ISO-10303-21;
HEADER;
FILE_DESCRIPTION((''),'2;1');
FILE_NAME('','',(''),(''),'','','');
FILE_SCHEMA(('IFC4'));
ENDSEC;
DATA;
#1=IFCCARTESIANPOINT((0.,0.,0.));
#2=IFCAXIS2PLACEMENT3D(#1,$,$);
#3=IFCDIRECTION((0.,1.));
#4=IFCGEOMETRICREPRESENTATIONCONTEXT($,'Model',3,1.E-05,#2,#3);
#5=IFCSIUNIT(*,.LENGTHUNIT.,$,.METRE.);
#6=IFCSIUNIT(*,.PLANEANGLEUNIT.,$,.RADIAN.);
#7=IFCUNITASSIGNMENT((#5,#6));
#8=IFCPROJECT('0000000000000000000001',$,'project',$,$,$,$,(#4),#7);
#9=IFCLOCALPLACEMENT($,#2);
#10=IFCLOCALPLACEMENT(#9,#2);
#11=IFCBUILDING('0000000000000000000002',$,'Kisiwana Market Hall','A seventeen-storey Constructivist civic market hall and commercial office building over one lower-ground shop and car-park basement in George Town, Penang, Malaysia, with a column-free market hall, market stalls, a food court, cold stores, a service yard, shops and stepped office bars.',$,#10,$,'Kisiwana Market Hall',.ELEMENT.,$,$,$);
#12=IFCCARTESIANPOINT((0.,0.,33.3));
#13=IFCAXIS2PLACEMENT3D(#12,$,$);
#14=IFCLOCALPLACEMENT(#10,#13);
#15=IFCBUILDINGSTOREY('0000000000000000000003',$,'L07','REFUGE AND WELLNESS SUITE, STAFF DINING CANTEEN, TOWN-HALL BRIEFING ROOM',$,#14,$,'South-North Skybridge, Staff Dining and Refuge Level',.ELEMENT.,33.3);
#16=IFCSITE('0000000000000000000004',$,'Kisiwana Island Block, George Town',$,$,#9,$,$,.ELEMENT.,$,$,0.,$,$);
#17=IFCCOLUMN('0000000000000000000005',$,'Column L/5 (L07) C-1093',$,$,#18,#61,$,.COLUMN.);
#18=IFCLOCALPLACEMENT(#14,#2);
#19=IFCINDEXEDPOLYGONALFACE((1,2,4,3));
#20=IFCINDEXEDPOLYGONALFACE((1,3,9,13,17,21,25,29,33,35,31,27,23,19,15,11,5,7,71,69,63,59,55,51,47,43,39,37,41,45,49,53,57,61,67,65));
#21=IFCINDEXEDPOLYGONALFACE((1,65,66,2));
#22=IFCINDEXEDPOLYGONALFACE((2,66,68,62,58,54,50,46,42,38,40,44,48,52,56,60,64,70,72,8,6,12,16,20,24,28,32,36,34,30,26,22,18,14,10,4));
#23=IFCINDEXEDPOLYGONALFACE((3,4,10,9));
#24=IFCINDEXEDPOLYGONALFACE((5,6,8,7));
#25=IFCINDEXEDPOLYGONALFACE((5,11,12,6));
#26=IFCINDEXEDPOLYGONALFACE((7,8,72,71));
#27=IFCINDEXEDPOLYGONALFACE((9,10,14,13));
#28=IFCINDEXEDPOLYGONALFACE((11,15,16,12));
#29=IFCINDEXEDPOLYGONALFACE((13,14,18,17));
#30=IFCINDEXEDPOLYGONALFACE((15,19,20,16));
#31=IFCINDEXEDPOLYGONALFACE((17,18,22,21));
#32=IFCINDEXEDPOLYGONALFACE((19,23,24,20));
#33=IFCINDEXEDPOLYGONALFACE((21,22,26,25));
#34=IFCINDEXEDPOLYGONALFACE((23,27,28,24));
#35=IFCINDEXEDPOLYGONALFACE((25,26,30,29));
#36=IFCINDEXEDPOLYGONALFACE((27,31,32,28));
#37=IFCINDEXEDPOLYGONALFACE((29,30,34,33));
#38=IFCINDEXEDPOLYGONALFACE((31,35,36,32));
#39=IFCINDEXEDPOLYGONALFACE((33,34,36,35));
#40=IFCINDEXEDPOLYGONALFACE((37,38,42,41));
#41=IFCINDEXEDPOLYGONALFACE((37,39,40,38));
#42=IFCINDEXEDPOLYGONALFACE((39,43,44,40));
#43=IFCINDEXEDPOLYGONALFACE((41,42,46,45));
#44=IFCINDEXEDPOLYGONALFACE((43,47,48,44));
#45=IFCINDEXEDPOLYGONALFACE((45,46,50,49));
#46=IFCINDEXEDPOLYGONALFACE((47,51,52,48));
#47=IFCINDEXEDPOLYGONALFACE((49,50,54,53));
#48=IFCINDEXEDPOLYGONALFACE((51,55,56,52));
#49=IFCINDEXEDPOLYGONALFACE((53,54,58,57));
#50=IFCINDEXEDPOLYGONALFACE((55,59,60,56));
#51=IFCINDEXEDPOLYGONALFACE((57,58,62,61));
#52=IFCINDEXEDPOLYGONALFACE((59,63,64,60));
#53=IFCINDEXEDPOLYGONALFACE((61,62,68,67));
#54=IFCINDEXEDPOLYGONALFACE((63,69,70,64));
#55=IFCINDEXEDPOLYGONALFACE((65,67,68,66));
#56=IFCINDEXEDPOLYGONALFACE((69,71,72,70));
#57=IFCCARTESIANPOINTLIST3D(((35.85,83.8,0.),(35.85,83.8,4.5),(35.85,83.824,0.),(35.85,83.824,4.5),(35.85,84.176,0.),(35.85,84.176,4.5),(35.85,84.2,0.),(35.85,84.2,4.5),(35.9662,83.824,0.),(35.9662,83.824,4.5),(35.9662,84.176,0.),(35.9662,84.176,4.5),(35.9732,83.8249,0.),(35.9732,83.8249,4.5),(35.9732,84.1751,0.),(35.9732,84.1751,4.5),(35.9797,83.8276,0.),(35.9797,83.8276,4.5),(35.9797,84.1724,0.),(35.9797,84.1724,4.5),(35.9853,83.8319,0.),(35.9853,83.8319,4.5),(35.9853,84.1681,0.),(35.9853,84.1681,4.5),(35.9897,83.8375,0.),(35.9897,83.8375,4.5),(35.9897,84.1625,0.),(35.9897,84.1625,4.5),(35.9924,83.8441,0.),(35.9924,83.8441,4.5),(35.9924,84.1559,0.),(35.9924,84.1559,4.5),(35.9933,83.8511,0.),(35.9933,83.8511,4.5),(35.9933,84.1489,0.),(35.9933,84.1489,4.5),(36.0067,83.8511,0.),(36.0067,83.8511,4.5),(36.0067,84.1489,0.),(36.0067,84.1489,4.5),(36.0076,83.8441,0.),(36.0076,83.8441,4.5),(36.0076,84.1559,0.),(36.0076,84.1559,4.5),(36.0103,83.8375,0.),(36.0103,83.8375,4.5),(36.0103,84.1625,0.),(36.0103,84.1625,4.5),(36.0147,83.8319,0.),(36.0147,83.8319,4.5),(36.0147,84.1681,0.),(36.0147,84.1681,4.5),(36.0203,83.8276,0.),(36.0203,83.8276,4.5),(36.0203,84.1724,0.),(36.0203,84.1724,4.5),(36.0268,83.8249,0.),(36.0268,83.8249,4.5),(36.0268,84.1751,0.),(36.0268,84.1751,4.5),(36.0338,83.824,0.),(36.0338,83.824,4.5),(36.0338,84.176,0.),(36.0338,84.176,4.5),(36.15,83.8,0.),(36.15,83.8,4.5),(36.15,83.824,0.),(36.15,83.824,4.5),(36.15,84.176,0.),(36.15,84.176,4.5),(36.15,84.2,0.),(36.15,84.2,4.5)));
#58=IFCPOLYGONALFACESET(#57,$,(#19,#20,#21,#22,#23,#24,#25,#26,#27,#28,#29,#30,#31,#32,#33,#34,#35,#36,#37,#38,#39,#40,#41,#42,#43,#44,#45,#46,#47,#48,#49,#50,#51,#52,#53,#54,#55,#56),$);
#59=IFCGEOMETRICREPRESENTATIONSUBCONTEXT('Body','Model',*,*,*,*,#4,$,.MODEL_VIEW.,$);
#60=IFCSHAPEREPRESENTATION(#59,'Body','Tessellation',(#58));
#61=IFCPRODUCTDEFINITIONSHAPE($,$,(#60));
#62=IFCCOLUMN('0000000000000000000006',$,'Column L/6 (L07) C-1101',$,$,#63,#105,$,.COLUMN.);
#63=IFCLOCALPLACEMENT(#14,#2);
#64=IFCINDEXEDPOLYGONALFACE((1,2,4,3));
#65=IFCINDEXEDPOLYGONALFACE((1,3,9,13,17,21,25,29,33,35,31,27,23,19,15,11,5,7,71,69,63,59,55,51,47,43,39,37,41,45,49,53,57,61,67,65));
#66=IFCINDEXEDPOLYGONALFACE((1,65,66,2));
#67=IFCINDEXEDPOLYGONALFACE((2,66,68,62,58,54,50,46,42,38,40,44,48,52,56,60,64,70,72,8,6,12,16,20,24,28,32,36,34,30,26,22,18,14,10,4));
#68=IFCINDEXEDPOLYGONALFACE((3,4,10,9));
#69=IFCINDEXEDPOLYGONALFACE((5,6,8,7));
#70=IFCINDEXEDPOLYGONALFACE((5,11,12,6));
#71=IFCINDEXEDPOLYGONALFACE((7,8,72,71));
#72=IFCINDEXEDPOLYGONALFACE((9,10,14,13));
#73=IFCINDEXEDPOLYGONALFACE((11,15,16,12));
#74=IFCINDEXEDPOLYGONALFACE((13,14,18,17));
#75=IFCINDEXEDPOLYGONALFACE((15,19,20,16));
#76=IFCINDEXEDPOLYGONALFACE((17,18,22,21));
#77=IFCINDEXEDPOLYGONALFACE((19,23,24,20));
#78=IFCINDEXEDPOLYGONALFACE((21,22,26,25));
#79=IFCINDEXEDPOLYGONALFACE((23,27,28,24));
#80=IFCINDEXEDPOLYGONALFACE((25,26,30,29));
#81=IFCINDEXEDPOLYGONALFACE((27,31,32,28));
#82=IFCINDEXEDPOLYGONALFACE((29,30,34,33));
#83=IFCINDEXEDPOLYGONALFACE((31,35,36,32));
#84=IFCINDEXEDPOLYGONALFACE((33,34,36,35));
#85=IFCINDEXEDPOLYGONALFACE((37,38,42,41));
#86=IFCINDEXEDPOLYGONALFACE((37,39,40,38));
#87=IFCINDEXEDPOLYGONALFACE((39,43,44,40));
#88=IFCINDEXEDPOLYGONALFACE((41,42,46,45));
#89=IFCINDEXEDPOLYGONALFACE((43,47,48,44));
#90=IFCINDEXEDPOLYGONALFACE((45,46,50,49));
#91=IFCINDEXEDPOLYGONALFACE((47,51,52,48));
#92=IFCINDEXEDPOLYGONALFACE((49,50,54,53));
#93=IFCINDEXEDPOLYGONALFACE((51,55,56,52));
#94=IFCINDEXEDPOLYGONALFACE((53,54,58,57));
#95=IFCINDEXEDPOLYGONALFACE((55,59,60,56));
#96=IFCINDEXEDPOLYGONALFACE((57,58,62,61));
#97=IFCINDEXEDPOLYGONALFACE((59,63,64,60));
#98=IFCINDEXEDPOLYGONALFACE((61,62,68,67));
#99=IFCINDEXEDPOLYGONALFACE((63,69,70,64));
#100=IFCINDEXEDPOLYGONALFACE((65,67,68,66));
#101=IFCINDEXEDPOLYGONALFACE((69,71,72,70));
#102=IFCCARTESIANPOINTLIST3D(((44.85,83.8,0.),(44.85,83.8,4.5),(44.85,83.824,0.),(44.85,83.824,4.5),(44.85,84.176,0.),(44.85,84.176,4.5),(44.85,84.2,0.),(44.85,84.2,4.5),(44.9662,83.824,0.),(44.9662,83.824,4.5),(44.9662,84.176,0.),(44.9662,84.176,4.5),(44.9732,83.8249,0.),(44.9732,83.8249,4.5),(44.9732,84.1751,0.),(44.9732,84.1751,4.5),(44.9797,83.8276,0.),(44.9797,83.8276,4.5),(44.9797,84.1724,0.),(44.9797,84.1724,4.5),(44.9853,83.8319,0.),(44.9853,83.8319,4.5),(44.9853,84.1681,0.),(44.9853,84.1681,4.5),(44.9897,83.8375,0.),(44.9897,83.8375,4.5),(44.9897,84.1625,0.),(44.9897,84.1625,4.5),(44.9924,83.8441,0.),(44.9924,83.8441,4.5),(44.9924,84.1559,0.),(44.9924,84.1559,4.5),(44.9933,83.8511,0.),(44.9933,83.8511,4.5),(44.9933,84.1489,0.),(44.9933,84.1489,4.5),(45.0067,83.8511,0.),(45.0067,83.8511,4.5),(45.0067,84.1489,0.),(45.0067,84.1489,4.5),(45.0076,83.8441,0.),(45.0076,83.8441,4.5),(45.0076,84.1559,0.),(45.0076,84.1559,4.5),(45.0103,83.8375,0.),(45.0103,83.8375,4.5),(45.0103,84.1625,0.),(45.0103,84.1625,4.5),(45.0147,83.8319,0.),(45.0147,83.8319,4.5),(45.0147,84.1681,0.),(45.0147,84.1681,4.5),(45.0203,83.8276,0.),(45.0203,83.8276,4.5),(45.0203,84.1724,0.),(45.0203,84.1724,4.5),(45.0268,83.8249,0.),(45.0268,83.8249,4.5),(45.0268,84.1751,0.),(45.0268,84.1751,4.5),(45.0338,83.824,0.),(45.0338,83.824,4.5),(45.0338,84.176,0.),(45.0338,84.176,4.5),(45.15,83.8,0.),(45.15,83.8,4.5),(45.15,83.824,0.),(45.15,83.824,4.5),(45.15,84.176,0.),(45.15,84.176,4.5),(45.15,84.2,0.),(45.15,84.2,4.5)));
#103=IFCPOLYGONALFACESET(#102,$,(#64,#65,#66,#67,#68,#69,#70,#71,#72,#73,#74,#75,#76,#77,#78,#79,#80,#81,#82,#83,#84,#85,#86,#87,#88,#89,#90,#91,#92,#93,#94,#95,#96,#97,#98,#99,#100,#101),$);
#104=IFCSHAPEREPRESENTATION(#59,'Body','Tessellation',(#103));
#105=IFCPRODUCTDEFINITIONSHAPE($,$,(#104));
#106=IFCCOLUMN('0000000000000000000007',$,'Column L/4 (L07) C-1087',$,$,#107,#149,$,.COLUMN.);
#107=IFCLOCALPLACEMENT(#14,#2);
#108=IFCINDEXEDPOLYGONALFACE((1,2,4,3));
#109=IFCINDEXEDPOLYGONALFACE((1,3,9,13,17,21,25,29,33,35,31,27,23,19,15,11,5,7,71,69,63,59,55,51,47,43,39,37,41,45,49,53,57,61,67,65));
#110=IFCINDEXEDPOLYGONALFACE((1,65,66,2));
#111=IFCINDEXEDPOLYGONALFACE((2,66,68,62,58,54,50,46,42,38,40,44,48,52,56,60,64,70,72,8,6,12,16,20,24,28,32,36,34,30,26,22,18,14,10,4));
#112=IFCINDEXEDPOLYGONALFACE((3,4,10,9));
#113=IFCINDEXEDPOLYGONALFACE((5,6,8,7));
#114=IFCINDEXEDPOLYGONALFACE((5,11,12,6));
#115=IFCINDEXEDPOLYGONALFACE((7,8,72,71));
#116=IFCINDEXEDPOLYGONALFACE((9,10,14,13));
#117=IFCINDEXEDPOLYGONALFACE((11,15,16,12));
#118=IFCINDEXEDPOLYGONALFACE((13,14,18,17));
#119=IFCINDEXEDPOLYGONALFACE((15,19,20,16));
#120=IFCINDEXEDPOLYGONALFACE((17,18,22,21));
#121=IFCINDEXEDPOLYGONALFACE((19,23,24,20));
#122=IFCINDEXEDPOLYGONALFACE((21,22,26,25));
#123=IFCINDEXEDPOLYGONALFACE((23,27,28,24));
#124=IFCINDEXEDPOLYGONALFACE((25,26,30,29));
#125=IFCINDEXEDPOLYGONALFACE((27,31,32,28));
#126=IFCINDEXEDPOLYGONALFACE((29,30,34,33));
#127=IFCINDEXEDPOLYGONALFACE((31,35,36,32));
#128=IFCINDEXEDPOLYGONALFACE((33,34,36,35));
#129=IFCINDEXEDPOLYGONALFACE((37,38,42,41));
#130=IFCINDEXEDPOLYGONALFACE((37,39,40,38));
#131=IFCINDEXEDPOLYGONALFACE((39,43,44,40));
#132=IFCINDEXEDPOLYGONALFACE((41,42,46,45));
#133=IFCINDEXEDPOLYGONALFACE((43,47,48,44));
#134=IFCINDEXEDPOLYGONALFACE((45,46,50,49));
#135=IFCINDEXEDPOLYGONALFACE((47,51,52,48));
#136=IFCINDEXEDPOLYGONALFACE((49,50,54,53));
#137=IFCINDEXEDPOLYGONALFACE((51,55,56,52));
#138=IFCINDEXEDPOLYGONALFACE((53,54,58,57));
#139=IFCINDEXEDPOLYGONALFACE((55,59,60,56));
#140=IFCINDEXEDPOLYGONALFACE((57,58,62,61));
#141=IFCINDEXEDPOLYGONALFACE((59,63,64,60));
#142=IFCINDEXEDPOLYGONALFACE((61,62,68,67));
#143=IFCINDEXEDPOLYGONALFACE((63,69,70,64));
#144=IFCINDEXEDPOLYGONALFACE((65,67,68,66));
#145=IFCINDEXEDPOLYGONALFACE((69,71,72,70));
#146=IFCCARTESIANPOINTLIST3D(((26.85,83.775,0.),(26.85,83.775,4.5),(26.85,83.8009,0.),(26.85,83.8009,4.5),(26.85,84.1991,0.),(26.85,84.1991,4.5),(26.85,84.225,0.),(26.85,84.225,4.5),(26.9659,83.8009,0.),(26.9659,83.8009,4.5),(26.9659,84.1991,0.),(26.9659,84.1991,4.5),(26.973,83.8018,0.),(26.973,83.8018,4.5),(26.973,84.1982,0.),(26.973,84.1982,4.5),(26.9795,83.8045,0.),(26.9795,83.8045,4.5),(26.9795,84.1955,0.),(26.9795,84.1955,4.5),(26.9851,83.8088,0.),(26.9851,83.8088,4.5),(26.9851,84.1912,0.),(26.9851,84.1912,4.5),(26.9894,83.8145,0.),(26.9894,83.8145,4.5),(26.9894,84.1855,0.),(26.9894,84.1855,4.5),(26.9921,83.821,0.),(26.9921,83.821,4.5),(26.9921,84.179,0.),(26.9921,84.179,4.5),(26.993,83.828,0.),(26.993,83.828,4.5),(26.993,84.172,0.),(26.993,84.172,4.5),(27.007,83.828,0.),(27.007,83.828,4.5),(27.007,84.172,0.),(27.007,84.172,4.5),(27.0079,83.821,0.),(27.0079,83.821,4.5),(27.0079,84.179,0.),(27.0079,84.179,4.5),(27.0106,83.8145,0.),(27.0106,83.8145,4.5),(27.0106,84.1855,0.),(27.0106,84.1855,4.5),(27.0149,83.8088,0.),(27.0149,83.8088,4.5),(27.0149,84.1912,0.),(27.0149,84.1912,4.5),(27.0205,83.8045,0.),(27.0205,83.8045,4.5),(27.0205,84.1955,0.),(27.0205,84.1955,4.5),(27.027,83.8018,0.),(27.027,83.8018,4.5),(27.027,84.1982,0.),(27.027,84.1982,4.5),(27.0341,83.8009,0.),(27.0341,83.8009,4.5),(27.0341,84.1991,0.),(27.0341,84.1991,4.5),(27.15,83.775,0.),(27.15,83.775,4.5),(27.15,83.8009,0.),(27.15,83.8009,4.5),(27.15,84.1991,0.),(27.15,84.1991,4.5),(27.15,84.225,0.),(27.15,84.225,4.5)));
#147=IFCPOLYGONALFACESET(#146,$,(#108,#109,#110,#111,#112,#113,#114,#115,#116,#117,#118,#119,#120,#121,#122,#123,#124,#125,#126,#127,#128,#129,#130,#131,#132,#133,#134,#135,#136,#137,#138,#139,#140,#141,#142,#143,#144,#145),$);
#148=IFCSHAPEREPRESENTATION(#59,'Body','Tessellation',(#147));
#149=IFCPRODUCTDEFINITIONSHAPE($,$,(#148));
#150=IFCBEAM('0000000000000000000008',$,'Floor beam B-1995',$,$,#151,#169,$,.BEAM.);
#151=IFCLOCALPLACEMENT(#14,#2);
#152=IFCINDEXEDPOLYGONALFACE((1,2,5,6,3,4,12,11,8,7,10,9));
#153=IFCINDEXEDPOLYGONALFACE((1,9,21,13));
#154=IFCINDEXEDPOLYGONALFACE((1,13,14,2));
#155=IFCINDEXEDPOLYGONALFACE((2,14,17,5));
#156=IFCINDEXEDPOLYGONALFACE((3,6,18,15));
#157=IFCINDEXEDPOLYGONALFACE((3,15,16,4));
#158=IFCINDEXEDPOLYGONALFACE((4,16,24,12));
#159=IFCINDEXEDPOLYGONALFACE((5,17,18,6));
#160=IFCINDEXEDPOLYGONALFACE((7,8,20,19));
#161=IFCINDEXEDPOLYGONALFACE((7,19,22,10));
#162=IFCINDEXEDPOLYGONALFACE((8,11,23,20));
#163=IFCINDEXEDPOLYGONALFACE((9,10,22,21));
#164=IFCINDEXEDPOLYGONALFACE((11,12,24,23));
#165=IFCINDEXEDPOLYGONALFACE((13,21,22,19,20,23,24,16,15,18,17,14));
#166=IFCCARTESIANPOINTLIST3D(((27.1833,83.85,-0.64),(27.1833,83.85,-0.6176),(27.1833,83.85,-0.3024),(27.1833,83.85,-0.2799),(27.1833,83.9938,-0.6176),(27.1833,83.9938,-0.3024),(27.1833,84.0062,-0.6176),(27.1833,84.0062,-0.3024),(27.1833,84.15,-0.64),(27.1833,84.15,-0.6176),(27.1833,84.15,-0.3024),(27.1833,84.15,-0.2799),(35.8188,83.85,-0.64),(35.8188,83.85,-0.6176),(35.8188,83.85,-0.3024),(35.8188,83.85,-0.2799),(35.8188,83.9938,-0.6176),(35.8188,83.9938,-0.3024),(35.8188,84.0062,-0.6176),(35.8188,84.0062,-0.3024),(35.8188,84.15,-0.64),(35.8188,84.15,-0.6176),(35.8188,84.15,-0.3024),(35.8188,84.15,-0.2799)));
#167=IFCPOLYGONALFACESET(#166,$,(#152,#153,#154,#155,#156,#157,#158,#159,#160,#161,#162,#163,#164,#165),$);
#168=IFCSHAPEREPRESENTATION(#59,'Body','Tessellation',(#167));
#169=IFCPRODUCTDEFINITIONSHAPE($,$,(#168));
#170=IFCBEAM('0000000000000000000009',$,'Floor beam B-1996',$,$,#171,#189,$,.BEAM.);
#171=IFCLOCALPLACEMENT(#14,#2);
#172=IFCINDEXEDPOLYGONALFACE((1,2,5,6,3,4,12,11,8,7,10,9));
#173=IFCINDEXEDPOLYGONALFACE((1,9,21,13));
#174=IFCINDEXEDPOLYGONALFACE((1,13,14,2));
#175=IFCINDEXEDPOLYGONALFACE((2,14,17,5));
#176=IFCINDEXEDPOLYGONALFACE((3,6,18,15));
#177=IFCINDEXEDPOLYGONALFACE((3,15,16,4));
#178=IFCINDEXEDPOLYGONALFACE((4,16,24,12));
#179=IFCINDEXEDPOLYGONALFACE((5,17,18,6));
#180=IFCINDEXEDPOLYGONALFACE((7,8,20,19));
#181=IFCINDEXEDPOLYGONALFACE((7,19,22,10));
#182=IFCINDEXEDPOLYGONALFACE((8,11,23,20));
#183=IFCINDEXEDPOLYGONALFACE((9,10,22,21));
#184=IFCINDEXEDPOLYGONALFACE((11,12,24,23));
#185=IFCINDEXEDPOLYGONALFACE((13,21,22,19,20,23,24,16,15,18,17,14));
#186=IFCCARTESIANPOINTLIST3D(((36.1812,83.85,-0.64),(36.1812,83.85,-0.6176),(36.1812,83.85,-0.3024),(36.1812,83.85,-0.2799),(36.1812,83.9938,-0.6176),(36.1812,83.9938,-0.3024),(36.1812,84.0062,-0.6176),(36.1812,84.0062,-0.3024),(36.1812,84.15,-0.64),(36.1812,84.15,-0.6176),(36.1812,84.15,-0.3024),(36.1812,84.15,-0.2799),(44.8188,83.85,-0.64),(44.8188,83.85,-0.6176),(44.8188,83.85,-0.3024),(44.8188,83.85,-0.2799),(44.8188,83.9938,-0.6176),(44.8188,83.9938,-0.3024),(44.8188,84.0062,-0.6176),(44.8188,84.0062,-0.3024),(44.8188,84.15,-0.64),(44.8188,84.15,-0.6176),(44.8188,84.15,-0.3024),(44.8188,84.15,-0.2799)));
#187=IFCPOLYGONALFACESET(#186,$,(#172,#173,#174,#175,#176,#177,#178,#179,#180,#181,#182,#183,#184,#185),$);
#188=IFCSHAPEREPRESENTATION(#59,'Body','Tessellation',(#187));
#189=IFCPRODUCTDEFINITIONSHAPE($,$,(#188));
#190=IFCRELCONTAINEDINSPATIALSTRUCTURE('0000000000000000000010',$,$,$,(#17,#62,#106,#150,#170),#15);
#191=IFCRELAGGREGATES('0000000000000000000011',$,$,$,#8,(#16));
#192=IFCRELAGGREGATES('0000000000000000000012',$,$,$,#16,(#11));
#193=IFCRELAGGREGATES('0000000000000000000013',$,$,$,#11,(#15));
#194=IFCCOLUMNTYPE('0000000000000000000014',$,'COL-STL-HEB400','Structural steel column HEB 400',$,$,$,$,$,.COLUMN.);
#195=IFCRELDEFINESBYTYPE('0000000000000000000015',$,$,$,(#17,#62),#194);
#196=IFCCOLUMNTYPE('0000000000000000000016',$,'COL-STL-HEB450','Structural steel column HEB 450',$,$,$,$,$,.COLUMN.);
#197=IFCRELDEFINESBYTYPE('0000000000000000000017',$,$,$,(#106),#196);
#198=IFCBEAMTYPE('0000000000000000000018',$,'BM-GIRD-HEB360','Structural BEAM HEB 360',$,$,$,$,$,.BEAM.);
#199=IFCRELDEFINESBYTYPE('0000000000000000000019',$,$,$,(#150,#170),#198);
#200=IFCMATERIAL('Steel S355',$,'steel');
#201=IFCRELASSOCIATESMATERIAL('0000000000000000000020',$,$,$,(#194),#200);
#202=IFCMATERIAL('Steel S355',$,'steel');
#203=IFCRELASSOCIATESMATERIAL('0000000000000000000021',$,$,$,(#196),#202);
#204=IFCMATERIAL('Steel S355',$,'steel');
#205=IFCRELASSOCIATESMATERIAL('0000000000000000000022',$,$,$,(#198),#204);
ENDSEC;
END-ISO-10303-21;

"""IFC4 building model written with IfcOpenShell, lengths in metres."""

from ifc_helpers import new_model, si_unit, direction, frame, origin, origin_2d, place, context, subcontext, project, spatial, i_section, extrude, material, material_profile, profile_set, type_object, element, save


model = new_model("IFC4")

# Units and contexts
model_context = context("Model", 3, precision=1e-05, world=origin(), true_north=direction((0.0, 1.0)))
body_context = subcontext(model_context, "Body", "Model", "MODEL_VIEW")
ifc_project = project(units=[si_unit("LENGTHUNIT", "METRE"), si_unit("PLANEANGLEUNIT", "RADIAN")], contexts=[model_context])

# Site, building, storey
site_placement = place(None, origin())
site = spatial("IfcSite", under=ifc_project, at=site_placement, Name="Kisiwana Island Block, George Town", CompositionType="ELEMENT", RefElevation=0.0)
building_placement = place(site_placement, origin())
building = spatial("IfcBuilding", under=site, at=building_placement, Name="Kisiwana Market Hall", Description="A seventeen-storey Constructivist civic market hall and commercial office building over one lower-ground shop and car-park basement in George Town, Penang, Malaysia, with a column-free market hall, market stalls, a food court, cold stores, a service yard, shops and stepped office bars.", LongName="Kisiwana Market Hall", CompositionType="ELEMENT")
storey_placement = place(building_placement, frame((0.0, 0.0, 33.3)))
storey = spatial("IfcBuildingStorey", under=building, at=storey_placement, Name="L07", Description="REFUGE AND WELLNESS SUITE, STAFF DINING CANTEEN, TOWN-HALL BRIEFING ROOM", LongName="South-North Skybridge, Staff Dining and Refuge Level", CompositionType="ELEMENT", Elevation=33.3)

# Columns
ifc_material_1 = material(Name="Steel S355", Category="steel")
ifc_material_profile_1 = material_profile(ifc_material_1, i_section(OverallWidth=0.3, OverallDepth=0.3999, WebThickness=0.0134, FlangeThickness=0.0239, FilletRadius=0.0271, at=origin_2d()), Name="HEB 400")
ifc_profile_set_1 = profile_set([ifc_material_profile_1], Name="Steel S355")
column_type_1 = type_object("IfcColumnType", Name="COL-STL-HEB400", Description="Structural steel column HEB 400", PredefinedType="COLUMN", material=ifc_profile_set_1)
for number, where, z_axis, x_axis, name in (
    (1, (36.0, 84.0, 0.0), (0.0, 0.0, 1.0), (1.0, 0.0, 0.0), "Column L/5 (L07) C-1093"),
    (2, (45.0, 84.0, 0.0), (0.0, 0.0, 1.0), (1.0, 0.0, 0.0), "Column L/6 (L07) C-1101"),
):
    element("IfcColumn", number, at=place(storey_placement, frame(where, z_axis=z_axis, x_axis=x_axis)), inside=storey, type_object=column_type_1, Name=name, PredefinedType="COLUMN", context=body_context, shape_type="SweptSolid", body=[
        extrude(i_section(OverallWidth=0.3, OverallDepth=0.3999, WebThickness=0.0134, FlangeThickness=0.0239, FilletRadius=0.0271, at=origin_2d()), origin(), (0.0, 0.0, 1.0), 4.5),
    ])
ifc_material_2 = material(Name="Steel S355", Category="steel")
ifc_material_profile_2 = material_profile(ifc_material_2, i_section(OverallWidth=0.3, OverallDepth=0.45, WebThickness=0.0139, FlangeThickness=0.0259, FilletRadius=0.0271, at=origin_2d()), Name="HEB 450")
ifc_profile_set_2 = profile_set([ifc_material_profile_2], Name="Steel S355")
column_type_2 = type_object("IfcColumnType", Name="COL-STL-HEB450", Description="Structural steel column HEB 450", PredefinedType="COLUMN", material=ifc_profile_set_2)
column_placement = place(storey_placement, frame((27.0, 84.0, 0.0), z_axis=(0.0, 0.0, 1.0), x_axis=(1.0, 0.0, 0.0)))
element("IfcColumn", 3, at=column_placement, inside=storey, type_object=column_type_2, Name="Column L/4 (L07) C-1087", PredefinedType="COLUMN", context=body_context, shape_type="SweptSolid", body=[
    extrude(i_section(OverallWidth=0.3, OverallDepth=0.45, WebThickness=0.0139, FlangeThickness=0.0259, FilletRadius=0.0271, at=origin_2d()), origin(), (0.0, 0.0, 1.0), 4.5),
])

# Beams
ifc_material_3 = material(Name="Steel S355", Category="steel")
ifc_material_profile_3 = material_profile(ifc_material_3, i_section(OverallWidth=0.3, OverallDepth=0.3601, WebThickness=0.0125, FlangeThickness=0.0225, at=origin_2d()), Name="HEB 360")
ifc_profile_set_3 = profile_set([ifc_material_profile_3], Name="Steel S355")
beam_type_1 = type_object("IfcBeamType", Name="BM-GIRD-HEB360", Description="Structural BEAM HEB 360", PredefinedType="BEAM", material=ifc_profile_set_3)
beam_1_placement = place(storey_placement, frame((27.1833, 84.0, -0.46), z_axis=(1.0, 0.0, 0.0), x_axis=(0.0, 1.0, 0.0)))
element("IfcBeam", 4, at=beam_1_placement, inside=storey, type_object=beam_type_1, Name="Floor beam B-1995", PredefinedType="BEAM", context=body_context, shape_type="SweptSolid", body=[
    extrude(i_section(OverallWidth=0.3, OverallDepth=0.3601, WebThickness=0.0125, FlangeThickness=0.0225, at=origin_2d()), origin(), (0.0, 0.0, 1.0), 8.6355),
])
beam_2_placement = place(storey_placement, frame((36.1812, 84.0, -0.46), z_axis=(1.0, 0.0, 0.0), x_axis=(0.0, 1.0, 0.0)))
element("IfcBeam", 5, at=beam_2_placement, inside=storey, type_object=beam_type_1, Name="Floor beam B-1996", PredefinedType="BEAM", context=body_context, shape_type="SweptSolid", body=[
    extrude(i_section(OverallWidth=0.3, OverallDepth=0.3601, WebThickness=0.0125, FlangeThickness=0.0225, at=origin_2d()), origin(), (0.0, 0.0, 1.0), 8.6377),
])

save(model, "model.ifc")
